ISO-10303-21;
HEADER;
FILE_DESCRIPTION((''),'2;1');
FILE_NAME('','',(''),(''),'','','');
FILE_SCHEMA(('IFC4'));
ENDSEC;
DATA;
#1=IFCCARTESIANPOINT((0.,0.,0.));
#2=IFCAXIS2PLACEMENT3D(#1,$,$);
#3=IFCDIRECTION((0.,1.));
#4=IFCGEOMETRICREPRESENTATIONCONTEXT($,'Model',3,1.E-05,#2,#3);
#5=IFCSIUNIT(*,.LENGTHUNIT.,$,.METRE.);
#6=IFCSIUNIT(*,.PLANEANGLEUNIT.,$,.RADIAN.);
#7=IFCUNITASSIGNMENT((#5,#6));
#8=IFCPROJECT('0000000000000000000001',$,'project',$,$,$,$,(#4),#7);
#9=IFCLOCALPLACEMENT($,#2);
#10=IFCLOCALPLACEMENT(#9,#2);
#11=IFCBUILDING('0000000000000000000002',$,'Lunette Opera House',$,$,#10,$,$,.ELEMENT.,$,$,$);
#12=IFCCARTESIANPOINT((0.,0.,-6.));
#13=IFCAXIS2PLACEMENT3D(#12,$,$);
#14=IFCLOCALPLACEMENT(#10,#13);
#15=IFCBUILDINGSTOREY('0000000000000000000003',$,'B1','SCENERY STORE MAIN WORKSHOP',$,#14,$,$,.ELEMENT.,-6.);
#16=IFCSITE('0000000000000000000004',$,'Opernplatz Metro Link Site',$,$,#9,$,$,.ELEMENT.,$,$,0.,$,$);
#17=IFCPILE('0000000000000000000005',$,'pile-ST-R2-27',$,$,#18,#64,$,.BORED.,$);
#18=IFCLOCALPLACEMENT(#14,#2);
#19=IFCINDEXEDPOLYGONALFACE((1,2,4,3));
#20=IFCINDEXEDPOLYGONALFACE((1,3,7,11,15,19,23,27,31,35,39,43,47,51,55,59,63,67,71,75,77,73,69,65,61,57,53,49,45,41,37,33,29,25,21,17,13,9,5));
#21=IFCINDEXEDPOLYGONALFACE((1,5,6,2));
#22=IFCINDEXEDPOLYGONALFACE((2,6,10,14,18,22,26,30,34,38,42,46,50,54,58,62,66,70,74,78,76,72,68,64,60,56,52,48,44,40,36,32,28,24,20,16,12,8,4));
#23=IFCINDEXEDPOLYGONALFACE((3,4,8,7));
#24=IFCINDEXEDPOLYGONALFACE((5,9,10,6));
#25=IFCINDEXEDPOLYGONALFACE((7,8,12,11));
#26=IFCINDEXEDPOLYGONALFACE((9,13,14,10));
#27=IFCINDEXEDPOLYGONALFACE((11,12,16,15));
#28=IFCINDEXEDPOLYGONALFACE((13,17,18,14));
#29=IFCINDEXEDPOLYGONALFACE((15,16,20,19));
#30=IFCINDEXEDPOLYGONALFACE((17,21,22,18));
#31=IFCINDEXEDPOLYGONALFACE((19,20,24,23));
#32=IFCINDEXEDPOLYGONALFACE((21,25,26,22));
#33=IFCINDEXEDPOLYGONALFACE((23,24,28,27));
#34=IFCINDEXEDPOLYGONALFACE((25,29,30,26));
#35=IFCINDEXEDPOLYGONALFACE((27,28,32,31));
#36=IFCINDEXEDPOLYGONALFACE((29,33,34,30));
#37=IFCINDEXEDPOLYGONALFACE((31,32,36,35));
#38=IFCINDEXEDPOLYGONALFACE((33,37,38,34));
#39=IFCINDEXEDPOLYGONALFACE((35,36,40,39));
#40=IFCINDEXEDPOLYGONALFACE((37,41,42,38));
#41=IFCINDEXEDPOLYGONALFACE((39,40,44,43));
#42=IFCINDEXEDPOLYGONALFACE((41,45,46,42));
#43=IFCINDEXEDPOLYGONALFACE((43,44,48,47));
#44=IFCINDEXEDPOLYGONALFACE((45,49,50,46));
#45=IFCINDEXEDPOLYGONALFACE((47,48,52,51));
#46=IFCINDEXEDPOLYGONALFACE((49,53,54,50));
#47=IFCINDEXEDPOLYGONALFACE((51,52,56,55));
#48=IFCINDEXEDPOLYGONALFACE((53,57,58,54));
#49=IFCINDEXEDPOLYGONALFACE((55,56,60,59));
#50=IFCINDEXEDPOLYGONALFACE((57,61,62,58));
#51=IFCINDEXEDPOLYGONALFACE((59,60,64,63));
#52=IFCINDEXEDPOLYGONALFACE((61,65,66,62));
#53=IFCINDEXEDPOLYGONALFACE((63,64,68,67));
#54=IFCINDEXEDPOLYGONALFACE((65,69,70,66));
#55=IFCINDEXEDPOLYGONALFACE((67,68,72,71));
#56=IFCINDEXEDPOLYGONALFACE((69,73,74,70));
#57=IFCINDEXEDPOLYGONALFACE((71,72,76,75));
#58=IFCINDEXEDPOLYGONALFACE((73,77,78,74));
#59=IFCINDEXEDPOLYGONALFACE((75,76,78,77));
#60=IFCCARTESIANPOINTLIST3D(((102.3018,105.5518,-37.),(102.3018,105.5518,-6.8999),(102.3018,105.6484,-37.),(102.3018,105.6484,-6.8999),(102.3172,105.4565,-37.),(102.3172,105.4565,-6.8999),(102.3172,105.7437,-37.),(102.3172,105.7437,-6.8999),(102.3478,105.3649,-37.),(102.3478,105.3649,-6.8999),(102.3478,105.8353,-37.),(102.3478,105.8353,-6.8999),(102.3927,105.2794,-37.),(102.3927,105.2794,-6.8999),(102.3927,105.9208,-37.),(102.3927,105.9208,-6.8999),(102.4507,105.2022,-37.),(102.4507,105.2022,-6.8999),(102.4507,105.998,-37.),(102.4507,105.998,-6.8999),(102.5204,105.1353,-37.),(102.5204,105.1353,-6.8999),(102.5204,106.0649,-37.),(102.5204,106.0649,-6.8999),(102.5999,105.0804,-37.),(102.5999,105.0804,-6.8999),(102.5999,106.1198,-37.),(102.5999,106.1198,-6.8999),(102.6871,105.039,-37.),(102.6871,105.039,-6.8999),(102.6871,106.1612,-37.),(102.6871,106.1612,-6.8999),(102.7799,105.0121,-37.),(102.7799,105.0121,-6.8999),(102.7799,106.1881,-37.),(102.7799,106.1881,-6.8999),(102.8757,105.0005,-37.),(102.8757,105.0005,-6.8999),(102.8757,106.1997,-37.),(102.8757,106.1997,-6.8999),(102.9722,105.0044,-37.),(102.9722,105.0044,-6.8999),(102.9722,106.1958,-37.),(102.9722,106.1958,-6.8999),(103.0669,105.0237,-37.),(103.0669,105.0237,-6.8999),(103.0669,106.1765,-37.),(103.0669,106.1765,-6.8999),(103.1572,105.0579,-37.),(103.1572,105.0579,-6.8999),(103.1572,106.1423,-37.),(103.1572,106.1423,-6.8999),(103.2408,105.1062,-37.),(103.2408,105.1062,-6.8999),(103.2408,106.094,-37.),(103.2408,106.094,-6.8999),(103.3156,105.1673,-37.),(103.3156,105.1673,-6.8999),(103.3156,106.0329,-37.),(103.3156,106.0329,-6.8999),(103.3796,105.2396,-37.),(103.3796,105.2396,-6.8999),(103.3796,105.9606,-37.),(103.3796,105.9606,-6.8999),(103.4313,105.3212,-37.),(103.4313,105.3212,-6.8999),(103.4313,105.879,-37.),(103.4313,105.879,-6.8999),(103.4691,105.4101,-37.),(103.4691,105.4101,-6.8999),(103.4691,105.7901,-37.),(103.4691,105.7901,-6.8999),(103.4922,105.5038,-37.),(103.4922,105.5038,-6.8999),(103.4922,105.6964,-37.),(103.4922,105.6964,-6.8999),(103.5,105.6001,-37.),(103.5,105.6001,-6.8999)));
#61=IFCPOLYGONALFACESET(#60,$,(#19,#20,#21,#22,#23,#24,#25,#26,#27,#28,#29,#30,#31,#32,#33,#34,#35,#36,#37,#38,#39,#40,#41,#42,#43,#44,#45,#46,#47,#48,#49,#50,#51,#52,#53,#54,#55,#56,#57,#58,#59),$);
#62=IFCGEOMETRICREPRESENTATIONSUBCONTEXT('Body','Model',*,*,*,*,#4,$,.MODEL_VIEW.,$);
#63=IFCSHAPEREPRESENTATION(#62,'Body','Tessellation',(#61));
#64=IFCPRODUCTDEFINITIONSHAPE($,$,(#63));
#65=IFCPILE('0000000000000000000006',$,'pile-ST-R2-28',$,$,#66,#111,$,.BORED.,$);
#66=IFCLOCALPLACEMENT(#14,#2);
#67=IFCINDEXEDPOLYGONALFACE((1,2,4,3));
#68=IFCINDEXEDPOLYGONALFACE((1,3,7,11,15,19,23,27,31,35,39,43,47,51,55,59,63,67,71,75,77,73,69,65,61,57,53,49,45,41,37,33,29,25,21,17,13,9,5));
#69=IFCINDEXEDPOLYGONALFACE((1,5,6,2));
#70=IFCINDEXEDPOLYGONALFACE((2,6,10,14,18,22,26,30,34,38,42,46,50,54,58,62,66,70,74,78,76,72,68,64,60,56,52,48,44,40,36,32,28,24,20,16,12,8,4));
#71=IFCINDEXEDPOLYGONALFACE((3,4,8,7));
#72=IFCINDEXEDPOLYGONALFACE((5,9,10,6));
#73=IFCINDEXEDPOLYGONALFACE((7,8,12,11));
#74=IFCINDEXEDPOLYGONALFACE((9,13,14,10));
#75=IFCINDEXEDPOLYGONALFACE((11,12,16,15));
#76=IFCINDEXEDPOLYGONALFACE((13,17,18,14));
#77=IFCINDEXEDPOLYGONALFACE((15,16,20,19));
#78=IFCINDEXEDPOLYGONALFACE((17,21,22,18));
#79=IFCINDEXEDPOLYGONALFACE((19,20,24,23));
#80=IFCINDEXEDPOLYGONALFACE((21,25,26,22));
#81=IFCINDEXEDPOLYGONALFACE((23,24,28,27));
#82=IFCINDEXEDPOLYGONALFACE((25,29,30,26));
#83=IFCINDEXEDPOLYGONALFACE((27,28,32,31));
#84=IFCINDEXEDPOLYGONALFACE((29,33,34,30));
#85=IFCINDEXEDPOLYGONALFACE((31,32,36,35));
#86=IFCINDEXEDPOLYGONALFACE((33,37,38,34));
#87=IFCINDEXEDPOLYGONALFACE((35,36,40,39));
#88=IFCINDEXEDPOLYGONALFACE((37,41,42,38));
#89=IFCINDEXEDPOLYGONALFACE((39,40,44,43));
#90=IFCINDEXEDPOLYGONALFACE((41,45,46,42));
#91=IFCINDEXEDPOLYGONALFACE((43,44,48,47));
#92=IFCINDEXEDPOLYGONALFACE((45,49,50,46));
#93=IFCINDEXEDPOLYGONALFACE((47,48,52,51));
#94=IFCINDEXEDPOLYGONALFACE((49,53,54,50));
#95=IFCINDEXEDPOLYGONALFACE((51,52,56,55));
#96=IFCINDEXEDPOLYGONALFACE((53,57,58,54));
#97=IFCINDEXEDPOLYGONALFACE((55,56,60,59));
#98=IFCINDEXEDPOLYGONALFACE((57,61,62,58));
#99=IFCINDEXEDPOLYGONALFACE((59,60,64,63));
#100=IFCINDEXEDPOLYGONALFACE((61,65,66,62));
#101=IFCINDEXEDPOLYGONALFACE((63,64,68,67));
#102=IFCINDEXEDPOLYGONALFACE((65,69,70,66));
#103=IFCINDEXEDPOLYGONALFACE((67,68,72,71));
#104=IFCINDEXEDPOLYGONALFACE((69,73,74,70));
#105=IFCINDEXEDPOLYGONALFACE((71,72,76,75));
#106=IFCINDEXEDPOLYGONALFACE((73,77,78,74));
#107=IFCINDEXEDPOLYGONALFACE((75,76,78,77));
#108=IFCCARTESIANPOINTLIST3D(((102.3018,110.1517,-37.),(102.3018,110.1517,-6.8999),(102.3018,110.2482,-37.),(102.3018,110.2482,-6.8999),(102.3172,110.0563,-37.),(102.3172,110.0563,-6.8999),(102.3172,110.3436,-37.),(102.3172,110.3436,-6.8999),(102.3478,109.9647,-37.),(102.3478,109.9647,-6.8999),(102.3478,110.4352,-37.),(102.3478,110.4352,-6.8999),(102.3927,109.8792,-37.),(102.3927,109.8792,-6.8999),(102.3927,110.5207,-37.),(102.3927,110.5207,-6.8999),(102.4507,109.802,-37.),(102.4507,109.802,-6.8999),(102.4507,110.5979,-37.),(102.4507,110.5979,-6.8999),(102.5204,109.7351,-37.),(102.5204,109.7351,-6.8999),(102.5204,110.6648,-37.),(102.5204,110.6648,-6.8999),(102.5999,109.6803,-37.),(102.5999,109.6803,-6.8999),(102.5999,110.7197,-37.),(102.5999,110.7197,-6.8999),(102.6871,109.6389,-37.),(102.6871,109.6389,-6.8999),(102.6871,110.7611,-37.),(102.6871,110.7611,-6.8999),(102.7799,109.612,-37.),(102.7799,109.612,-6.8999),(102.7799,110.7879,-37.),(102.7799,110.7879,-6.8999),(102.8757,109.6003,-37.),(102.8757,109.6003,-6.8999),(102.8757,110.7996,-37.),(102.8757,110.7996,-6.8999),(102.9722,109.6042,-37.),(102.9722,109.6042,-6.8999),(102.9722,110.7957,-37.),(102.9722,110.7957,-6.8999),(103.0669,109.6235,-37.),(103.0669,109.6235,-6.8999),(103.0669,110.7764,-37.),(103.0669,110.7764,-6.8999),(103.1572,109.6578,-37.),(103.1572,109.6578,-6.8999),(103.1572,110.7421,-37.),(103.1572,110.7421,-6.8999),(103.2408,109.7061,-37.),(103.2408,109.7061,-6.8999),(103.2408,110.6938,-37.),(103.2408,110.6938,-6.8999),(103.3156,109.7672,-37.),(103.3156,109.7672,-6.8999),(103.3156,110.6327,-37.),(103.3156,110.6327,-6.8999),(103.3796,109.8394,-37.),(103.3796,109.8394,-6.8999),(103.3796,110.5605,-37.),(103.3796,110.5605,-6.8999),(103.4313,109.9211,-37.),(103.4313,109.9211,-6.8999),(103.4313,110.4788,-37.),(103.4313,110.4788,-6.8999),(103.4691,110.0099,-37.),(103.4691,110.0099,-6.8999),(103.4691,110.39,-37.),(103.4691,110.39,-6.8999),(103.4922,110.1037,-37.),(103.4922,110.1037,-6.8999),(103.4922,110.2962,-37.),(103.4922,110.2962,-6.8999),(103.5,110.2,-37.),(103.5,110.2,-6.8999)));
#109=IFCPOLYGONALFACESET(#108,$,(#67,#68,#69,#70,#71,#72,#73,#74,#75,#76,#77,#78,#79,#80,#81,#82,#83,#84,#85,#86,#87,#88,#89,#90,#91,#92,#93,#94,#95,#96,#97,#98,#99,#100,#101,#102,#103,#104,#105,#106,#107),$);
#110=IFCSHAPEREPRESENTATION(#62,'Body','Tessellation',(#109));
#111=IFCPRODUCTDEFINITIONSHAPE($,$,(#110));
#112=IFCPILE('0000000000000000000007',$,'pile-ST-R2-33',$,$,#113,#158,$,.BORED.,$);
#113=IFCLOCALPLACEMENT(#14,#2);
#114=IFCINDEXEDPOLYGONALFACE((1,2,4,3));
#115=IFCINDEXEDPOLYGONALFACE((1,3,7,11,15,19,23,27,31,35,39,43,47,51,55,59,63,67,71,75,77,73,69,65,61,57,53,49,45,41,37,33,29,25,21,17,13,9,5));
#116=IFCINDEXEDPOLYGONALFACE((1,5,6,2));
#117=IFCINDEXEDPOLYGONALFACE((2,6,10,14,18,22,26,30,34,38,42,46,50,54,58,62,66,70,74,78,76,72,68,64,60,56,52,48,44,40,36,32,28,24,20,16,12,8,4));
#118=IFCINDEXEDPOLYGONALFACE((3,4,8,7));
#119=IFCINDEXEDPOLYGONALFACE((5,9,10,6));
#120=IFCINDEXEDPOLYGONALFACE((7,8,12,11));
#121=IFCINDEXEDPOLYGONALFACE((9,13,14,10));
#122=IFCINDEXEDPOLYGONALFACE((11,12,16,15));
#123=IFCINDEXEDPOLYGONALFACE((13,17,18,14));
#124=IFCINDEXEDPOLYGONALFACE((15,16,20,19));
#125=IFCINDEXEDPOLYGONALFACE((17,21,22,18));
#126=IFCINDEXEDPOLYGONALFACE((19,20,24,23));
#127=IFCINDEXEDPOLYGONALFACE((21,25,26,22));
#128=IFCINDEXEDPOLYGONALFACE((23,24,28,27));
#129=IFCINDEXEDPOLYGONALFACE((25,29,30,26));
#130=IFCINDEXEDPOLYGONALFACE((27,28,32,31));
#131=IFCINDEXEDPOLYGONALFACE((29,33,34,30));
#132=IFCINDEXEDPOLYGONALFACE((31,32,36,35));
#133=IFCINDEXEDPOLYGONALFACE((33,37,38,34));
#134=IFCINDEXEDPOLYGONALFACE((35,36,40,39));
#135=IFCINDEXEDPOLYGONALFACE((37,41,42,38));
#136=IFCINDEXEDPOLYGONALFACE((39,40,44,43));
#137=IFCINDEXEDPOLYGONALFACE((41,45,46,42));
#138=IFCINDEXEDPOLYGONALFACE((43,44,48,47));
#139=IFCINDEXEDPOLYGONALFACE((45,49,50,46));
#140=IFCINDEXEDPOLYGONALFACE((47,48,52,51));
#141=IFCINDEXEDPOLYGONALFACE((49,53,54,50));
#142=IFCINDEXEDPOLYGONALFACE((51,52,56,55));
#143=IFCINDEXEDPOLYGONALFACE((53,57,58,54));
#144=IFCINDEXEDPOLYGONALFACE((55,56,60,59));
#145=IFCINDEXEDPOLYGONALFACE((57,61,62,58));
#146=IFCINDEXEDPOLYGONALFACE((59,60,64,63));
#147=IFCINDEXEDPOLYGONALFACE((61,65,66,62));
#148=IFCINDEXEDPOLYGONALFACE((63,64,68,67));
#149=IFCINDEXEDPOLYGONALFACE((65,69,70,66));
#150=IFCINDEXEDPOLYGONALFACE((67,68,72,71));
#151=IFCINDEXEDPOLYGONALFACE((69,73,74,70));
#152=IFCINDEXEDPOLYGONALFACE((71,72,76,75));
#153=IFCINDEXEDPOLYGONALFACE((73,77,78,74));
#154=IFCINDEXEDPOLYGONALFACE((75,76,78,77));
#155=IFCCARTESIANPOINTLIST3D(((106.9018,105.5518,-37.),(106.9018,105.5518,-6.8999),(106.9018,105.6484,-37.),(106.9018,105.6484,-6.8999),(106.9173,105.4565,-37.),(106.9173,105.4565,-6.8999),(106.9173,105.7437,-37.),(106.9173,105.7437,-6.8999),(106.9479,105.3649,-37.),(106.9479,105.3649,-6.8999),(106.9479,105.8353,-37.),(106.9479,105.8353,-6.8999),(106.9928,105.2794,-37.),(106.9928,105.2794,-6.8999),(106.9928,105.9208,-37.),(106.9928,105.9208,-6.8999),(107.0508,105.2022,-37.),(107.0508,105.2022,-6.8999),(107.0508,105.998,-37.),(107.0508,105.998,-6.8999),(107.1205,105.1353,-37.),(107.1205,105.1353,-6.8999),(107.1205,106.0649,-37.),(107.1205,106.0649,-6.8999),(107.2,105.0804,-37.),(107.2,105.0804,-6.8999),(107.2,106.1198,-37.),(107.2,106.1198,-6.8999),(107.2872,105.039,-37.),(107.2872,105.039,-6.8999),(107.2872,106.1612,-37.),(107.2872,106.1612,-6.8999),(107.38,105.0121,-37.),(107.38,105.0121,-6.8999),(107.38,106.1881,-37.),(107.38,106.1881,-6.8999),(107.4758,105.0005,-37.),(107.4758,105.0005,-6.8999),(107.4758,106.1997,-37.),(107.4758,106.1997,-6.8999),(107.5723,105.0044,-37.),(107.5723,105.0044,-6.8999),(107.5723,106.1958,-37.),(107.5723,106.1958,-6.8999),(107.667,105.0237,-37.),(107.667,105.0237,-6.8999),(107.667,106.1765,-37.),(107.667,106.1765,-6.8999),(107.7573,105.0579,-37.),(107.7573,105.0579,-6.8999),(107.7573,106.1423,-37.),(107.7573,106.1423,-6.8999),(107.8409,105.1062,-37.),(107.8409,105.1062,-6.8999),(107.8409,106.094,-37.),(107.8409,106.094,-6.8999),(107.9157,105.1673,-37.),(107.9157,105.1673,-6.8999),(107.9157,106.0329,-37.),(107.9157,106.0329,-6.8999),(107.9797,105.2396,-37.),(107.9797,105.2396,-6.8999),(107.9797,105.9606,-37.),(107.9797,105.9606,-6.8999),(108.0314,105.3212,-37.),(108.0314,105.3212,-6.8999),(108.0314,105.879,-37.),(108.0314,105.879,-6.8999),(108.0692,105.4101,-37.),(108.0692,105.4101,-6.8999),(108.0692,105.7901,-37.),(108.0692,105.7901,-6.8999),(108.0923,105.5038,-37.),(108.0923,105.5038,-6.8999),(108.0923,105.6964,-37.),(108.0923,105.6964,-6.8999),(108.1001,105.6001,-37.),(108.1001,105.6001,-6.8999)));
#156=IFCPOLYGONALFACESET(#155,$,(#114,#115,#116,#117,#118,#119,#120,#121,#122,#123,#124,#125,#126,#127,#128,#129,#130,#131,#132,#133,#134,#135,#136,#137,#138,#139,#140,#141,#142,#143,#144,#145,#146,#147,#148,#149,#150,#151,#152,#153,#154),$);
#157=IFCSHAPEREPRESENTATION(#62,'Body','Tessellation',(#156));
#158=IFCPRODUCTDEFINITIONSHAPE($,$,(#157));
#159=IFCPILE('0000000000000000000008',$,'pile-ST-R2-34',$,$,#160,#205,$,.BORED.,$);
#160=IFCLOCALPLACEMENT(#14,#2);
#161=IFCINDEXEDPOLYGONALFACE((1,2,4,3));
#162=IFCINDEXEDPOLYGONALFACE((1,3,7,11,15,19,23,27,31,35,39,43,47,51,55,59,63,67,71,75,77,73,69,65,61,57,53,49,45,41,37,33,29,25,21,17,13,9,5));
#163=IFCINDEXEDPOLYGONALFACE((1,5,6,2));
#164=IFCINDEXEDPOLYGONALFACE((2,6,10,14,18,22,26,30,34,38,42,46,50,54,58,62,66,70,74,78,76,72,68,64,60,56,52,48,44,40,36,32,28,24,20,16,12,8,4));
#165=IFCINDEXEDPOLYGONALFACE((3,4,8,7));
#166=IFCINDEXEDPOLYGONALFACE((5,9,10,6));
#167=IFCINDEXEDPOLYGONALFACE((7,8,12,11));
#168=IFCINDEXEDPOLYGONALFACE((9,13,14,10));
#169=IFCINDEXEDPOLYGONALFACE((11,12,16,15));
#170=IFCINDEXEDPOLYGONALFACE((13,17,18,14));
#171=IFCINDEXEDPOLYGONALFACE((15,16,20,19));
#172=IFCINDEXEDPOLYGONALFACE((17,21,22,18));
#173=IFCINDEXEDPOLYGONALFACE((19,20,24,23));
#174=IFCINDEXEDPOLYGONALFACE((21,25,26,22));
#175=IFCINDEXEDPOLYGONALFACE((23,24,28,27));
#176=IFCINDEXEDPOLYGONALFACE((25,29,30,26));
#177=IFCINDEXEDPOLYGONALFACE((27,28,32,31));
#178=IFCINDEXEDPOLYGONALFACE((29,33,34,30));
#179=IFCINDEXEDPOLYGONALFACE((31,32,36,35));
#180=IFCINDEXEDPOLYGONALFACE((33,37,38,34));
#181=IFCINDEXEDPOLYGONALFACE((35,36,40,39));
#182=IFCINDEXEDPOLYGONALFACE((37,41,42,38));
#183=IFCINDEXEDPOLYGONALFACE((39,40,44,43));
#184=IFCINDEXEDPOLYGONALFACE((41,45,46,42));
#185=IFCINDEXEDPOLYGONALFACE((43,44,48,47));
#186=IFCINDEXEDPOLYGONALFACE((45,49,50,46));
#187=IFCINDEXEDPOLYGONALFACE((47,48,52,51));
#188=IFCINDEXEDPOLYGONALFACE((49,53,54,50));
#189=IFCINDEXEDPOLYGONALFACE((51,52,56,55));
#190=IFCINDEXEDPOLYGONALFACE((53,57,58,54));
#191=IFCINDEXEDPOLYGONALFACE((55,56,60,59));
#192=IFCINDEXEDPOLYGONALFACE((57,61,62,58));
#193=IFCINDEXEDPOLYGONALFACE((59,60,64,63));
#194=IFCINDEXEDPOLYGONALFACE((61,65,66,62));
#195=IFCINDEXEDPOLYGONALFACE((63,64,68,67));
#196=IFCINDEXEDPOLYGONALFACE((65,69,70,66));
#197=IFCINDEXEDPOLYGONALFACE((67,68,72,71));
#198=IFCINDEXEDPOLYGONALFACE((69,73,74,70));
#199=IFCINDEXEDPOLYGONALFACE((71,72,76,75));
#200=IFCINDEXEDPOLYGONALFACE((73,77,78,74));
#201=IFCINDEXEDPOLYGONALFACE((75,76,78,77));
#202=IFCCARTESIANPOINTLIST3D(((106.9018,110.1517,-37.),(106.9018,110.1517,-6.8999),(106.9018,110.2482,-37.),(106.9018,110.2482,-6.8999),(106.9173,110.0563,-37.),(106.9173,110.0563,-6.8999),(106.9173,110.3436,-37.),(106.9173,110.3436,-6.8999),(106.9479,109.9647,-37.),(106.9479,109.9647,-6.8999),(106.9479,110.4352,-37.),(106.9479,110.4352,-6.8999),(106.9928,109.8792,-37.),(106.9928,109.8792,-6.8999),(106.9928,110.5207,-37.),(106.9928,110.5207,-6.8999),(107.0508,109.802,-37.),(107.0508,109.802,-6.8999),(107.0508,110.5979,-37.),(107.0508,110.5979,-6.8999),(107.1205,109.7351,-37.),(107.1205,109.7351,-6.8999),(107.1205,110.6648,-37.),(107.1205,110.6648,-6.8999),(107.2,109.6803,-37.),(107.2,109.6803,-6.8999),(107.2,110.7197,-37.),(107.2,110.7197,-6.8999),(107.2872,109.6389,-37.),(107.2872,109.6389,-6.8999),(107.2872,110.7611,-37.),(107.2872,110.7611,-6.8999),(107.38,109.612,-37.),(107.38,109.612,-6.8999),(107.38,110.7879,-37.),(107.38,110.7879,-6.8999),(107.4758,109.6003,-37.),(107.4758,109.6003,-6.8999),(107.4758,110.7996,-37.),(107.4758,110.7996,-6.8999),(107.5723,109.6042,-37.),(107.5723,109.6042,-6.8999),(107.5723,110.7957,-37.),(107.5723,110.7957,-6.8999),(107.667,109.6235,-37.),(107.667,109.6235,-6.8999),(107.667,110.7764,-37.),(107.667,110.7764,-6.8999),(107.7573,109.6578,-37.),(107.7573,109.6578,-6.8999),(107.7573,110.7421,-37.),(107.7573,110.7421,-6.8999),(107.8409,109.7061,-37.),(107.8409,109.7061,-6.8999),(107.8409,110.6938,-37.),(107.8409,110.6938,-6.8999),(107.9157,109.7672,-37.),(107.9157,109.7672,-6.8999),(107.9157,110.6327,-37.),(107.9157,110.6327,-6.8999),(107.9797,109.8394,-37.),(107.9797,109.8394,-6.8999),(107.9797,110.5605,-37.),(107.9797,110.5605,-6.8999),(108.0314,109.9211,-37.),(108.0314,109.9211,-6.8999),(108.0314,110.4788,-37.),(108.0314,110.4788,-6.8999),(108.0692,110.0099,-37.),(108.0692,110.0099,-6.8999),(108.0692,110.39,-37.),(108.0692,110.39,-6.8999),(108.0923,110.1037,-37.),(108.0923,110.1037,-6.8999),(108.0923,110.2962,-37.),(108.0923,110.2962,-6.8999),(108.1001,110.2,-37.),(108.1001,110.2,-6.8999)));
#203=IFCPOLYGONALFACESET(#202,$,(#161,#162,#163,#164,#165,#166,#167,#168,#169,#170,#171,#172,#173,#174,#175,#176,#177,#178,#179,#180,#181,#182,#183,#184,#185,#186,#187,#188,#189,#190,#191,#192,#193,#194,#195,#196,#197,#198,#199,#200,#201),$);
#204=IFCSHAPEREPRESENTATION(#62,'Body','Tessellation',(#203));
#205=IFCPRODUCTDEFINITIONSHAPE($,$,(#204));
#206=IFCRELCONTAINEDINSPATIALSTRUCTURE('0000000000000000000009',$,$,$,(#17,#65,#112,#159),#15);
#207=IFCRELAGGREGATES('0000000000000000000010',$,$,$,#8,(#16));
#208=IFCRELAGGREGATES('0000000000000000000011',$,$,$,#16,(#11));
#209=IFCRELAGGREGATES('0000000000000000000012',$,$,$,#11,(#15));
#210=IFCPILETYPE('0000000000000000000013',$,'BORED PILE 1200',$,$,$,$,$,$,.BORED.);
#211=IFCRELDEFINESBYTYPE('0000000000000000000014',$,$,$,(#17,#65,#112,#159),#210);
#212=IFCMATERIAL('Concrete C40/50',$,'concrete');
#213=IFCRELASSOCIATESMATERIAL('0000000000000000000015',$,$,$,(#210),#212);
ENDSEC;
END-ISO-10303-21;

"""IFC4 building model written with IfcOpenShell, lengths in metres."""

from ifc_helpers import new_model, si_unit, direction, frame, origin, origin_2d, place, context, subcontext, project, spatial, circle, extrude, material, material_profile, profile_set, type_object, element, save


model = new_model("IFC4")

# Units and contexts
model_context = context("Model", 3, precision=1e-05, world=origin(), true_north=direction((0.0, 1.0)))
body_context = subcontext(model_context, "Body", "Model", "MODEL_VIEW")
ifc_project = project(units=[si_unit("LENGTHUNIT", "METRE"), si_unit("PLANEANGLEUNIT", "RADIAN")], contexts=[model_context])

# Site, building, storey
site_placement = place(None, origin())
site = spatial("IfcSite", under=ifc_project, at=site_placement, Name="Opernplatz Metro Link Site", CompositionType="ELEMENT", RefElevation=0.0)
building_placement = place(site_placement, origin())
building = spatial("IfcBuilding", under=site, at=building_placement, Name="Lunette Opera House", CompositionType="ELEMENT")
storey_placement = place(building_placement, frame((0.0, 0.0, -6.0)))
storey = spatial("IfcBuildingStorey", under=building, at=storey_placement, Name="B1", Description="SCENERY STORE MAIN WORKSHOP", CompositionType="ELEMENT", Elevation=-6.0)

# Piles
ifc_material_1 = material(Name="Concrete C40/50", Category="concrete")
ifc_material_profile_1 = material_profile(ifc_material_1, circle(Radius=0.6001, at=origin_2d()), Name="BORED PILE 1200")
ifc_profile_set_1 = profile_set([ifc_material_profile_1], Name="Concrete C40/50")
pile_type = type_object("IfcPileType", Name="BORED PILE 1200", PredefinedType="BORED", material=ifc_profile_set_1)
for number, where, z_axis, x_axis, name in (
    (1, (102.8999, 105.6001, -6.8999), (0.0, 0.0, -1.0), (1.0, 0.0, 0.0), "pile-ST-R2-27"),
    (2, (102.8999, 110.2, -6.8999), (0.0, 0.0, -1.0), (1.0, 0.0, 0.0), "pile-ST-R2-28"),
    (3, (107.5, 105.6001, -6.8999), (0.0, 0.0, -1.0), (1.0, 0.0, 0.0), "pile-ST-R2-33"),
    (4, (107.5, 110.2, -6.8999), (0.0, 0.0, -1.0), (1.0, 0.0, 0.0), "pile-ST-R2-34"),
):
    element("IfcPile", number, at=place(storey_placement, frame(where, z_axis=z_axis, x_axis=x_axis)), inside=storey, type_object=pile_type, Name=name, PredefinedType="BORED", context=body_context, shape_type="SweptSolid", body=[
        extrude(circle(Radius=0.6001, at=origin_2d()), origin(), (0.0, 0.0, 1.0), 30.1001),
    ])

save(model, "model.ifc")
